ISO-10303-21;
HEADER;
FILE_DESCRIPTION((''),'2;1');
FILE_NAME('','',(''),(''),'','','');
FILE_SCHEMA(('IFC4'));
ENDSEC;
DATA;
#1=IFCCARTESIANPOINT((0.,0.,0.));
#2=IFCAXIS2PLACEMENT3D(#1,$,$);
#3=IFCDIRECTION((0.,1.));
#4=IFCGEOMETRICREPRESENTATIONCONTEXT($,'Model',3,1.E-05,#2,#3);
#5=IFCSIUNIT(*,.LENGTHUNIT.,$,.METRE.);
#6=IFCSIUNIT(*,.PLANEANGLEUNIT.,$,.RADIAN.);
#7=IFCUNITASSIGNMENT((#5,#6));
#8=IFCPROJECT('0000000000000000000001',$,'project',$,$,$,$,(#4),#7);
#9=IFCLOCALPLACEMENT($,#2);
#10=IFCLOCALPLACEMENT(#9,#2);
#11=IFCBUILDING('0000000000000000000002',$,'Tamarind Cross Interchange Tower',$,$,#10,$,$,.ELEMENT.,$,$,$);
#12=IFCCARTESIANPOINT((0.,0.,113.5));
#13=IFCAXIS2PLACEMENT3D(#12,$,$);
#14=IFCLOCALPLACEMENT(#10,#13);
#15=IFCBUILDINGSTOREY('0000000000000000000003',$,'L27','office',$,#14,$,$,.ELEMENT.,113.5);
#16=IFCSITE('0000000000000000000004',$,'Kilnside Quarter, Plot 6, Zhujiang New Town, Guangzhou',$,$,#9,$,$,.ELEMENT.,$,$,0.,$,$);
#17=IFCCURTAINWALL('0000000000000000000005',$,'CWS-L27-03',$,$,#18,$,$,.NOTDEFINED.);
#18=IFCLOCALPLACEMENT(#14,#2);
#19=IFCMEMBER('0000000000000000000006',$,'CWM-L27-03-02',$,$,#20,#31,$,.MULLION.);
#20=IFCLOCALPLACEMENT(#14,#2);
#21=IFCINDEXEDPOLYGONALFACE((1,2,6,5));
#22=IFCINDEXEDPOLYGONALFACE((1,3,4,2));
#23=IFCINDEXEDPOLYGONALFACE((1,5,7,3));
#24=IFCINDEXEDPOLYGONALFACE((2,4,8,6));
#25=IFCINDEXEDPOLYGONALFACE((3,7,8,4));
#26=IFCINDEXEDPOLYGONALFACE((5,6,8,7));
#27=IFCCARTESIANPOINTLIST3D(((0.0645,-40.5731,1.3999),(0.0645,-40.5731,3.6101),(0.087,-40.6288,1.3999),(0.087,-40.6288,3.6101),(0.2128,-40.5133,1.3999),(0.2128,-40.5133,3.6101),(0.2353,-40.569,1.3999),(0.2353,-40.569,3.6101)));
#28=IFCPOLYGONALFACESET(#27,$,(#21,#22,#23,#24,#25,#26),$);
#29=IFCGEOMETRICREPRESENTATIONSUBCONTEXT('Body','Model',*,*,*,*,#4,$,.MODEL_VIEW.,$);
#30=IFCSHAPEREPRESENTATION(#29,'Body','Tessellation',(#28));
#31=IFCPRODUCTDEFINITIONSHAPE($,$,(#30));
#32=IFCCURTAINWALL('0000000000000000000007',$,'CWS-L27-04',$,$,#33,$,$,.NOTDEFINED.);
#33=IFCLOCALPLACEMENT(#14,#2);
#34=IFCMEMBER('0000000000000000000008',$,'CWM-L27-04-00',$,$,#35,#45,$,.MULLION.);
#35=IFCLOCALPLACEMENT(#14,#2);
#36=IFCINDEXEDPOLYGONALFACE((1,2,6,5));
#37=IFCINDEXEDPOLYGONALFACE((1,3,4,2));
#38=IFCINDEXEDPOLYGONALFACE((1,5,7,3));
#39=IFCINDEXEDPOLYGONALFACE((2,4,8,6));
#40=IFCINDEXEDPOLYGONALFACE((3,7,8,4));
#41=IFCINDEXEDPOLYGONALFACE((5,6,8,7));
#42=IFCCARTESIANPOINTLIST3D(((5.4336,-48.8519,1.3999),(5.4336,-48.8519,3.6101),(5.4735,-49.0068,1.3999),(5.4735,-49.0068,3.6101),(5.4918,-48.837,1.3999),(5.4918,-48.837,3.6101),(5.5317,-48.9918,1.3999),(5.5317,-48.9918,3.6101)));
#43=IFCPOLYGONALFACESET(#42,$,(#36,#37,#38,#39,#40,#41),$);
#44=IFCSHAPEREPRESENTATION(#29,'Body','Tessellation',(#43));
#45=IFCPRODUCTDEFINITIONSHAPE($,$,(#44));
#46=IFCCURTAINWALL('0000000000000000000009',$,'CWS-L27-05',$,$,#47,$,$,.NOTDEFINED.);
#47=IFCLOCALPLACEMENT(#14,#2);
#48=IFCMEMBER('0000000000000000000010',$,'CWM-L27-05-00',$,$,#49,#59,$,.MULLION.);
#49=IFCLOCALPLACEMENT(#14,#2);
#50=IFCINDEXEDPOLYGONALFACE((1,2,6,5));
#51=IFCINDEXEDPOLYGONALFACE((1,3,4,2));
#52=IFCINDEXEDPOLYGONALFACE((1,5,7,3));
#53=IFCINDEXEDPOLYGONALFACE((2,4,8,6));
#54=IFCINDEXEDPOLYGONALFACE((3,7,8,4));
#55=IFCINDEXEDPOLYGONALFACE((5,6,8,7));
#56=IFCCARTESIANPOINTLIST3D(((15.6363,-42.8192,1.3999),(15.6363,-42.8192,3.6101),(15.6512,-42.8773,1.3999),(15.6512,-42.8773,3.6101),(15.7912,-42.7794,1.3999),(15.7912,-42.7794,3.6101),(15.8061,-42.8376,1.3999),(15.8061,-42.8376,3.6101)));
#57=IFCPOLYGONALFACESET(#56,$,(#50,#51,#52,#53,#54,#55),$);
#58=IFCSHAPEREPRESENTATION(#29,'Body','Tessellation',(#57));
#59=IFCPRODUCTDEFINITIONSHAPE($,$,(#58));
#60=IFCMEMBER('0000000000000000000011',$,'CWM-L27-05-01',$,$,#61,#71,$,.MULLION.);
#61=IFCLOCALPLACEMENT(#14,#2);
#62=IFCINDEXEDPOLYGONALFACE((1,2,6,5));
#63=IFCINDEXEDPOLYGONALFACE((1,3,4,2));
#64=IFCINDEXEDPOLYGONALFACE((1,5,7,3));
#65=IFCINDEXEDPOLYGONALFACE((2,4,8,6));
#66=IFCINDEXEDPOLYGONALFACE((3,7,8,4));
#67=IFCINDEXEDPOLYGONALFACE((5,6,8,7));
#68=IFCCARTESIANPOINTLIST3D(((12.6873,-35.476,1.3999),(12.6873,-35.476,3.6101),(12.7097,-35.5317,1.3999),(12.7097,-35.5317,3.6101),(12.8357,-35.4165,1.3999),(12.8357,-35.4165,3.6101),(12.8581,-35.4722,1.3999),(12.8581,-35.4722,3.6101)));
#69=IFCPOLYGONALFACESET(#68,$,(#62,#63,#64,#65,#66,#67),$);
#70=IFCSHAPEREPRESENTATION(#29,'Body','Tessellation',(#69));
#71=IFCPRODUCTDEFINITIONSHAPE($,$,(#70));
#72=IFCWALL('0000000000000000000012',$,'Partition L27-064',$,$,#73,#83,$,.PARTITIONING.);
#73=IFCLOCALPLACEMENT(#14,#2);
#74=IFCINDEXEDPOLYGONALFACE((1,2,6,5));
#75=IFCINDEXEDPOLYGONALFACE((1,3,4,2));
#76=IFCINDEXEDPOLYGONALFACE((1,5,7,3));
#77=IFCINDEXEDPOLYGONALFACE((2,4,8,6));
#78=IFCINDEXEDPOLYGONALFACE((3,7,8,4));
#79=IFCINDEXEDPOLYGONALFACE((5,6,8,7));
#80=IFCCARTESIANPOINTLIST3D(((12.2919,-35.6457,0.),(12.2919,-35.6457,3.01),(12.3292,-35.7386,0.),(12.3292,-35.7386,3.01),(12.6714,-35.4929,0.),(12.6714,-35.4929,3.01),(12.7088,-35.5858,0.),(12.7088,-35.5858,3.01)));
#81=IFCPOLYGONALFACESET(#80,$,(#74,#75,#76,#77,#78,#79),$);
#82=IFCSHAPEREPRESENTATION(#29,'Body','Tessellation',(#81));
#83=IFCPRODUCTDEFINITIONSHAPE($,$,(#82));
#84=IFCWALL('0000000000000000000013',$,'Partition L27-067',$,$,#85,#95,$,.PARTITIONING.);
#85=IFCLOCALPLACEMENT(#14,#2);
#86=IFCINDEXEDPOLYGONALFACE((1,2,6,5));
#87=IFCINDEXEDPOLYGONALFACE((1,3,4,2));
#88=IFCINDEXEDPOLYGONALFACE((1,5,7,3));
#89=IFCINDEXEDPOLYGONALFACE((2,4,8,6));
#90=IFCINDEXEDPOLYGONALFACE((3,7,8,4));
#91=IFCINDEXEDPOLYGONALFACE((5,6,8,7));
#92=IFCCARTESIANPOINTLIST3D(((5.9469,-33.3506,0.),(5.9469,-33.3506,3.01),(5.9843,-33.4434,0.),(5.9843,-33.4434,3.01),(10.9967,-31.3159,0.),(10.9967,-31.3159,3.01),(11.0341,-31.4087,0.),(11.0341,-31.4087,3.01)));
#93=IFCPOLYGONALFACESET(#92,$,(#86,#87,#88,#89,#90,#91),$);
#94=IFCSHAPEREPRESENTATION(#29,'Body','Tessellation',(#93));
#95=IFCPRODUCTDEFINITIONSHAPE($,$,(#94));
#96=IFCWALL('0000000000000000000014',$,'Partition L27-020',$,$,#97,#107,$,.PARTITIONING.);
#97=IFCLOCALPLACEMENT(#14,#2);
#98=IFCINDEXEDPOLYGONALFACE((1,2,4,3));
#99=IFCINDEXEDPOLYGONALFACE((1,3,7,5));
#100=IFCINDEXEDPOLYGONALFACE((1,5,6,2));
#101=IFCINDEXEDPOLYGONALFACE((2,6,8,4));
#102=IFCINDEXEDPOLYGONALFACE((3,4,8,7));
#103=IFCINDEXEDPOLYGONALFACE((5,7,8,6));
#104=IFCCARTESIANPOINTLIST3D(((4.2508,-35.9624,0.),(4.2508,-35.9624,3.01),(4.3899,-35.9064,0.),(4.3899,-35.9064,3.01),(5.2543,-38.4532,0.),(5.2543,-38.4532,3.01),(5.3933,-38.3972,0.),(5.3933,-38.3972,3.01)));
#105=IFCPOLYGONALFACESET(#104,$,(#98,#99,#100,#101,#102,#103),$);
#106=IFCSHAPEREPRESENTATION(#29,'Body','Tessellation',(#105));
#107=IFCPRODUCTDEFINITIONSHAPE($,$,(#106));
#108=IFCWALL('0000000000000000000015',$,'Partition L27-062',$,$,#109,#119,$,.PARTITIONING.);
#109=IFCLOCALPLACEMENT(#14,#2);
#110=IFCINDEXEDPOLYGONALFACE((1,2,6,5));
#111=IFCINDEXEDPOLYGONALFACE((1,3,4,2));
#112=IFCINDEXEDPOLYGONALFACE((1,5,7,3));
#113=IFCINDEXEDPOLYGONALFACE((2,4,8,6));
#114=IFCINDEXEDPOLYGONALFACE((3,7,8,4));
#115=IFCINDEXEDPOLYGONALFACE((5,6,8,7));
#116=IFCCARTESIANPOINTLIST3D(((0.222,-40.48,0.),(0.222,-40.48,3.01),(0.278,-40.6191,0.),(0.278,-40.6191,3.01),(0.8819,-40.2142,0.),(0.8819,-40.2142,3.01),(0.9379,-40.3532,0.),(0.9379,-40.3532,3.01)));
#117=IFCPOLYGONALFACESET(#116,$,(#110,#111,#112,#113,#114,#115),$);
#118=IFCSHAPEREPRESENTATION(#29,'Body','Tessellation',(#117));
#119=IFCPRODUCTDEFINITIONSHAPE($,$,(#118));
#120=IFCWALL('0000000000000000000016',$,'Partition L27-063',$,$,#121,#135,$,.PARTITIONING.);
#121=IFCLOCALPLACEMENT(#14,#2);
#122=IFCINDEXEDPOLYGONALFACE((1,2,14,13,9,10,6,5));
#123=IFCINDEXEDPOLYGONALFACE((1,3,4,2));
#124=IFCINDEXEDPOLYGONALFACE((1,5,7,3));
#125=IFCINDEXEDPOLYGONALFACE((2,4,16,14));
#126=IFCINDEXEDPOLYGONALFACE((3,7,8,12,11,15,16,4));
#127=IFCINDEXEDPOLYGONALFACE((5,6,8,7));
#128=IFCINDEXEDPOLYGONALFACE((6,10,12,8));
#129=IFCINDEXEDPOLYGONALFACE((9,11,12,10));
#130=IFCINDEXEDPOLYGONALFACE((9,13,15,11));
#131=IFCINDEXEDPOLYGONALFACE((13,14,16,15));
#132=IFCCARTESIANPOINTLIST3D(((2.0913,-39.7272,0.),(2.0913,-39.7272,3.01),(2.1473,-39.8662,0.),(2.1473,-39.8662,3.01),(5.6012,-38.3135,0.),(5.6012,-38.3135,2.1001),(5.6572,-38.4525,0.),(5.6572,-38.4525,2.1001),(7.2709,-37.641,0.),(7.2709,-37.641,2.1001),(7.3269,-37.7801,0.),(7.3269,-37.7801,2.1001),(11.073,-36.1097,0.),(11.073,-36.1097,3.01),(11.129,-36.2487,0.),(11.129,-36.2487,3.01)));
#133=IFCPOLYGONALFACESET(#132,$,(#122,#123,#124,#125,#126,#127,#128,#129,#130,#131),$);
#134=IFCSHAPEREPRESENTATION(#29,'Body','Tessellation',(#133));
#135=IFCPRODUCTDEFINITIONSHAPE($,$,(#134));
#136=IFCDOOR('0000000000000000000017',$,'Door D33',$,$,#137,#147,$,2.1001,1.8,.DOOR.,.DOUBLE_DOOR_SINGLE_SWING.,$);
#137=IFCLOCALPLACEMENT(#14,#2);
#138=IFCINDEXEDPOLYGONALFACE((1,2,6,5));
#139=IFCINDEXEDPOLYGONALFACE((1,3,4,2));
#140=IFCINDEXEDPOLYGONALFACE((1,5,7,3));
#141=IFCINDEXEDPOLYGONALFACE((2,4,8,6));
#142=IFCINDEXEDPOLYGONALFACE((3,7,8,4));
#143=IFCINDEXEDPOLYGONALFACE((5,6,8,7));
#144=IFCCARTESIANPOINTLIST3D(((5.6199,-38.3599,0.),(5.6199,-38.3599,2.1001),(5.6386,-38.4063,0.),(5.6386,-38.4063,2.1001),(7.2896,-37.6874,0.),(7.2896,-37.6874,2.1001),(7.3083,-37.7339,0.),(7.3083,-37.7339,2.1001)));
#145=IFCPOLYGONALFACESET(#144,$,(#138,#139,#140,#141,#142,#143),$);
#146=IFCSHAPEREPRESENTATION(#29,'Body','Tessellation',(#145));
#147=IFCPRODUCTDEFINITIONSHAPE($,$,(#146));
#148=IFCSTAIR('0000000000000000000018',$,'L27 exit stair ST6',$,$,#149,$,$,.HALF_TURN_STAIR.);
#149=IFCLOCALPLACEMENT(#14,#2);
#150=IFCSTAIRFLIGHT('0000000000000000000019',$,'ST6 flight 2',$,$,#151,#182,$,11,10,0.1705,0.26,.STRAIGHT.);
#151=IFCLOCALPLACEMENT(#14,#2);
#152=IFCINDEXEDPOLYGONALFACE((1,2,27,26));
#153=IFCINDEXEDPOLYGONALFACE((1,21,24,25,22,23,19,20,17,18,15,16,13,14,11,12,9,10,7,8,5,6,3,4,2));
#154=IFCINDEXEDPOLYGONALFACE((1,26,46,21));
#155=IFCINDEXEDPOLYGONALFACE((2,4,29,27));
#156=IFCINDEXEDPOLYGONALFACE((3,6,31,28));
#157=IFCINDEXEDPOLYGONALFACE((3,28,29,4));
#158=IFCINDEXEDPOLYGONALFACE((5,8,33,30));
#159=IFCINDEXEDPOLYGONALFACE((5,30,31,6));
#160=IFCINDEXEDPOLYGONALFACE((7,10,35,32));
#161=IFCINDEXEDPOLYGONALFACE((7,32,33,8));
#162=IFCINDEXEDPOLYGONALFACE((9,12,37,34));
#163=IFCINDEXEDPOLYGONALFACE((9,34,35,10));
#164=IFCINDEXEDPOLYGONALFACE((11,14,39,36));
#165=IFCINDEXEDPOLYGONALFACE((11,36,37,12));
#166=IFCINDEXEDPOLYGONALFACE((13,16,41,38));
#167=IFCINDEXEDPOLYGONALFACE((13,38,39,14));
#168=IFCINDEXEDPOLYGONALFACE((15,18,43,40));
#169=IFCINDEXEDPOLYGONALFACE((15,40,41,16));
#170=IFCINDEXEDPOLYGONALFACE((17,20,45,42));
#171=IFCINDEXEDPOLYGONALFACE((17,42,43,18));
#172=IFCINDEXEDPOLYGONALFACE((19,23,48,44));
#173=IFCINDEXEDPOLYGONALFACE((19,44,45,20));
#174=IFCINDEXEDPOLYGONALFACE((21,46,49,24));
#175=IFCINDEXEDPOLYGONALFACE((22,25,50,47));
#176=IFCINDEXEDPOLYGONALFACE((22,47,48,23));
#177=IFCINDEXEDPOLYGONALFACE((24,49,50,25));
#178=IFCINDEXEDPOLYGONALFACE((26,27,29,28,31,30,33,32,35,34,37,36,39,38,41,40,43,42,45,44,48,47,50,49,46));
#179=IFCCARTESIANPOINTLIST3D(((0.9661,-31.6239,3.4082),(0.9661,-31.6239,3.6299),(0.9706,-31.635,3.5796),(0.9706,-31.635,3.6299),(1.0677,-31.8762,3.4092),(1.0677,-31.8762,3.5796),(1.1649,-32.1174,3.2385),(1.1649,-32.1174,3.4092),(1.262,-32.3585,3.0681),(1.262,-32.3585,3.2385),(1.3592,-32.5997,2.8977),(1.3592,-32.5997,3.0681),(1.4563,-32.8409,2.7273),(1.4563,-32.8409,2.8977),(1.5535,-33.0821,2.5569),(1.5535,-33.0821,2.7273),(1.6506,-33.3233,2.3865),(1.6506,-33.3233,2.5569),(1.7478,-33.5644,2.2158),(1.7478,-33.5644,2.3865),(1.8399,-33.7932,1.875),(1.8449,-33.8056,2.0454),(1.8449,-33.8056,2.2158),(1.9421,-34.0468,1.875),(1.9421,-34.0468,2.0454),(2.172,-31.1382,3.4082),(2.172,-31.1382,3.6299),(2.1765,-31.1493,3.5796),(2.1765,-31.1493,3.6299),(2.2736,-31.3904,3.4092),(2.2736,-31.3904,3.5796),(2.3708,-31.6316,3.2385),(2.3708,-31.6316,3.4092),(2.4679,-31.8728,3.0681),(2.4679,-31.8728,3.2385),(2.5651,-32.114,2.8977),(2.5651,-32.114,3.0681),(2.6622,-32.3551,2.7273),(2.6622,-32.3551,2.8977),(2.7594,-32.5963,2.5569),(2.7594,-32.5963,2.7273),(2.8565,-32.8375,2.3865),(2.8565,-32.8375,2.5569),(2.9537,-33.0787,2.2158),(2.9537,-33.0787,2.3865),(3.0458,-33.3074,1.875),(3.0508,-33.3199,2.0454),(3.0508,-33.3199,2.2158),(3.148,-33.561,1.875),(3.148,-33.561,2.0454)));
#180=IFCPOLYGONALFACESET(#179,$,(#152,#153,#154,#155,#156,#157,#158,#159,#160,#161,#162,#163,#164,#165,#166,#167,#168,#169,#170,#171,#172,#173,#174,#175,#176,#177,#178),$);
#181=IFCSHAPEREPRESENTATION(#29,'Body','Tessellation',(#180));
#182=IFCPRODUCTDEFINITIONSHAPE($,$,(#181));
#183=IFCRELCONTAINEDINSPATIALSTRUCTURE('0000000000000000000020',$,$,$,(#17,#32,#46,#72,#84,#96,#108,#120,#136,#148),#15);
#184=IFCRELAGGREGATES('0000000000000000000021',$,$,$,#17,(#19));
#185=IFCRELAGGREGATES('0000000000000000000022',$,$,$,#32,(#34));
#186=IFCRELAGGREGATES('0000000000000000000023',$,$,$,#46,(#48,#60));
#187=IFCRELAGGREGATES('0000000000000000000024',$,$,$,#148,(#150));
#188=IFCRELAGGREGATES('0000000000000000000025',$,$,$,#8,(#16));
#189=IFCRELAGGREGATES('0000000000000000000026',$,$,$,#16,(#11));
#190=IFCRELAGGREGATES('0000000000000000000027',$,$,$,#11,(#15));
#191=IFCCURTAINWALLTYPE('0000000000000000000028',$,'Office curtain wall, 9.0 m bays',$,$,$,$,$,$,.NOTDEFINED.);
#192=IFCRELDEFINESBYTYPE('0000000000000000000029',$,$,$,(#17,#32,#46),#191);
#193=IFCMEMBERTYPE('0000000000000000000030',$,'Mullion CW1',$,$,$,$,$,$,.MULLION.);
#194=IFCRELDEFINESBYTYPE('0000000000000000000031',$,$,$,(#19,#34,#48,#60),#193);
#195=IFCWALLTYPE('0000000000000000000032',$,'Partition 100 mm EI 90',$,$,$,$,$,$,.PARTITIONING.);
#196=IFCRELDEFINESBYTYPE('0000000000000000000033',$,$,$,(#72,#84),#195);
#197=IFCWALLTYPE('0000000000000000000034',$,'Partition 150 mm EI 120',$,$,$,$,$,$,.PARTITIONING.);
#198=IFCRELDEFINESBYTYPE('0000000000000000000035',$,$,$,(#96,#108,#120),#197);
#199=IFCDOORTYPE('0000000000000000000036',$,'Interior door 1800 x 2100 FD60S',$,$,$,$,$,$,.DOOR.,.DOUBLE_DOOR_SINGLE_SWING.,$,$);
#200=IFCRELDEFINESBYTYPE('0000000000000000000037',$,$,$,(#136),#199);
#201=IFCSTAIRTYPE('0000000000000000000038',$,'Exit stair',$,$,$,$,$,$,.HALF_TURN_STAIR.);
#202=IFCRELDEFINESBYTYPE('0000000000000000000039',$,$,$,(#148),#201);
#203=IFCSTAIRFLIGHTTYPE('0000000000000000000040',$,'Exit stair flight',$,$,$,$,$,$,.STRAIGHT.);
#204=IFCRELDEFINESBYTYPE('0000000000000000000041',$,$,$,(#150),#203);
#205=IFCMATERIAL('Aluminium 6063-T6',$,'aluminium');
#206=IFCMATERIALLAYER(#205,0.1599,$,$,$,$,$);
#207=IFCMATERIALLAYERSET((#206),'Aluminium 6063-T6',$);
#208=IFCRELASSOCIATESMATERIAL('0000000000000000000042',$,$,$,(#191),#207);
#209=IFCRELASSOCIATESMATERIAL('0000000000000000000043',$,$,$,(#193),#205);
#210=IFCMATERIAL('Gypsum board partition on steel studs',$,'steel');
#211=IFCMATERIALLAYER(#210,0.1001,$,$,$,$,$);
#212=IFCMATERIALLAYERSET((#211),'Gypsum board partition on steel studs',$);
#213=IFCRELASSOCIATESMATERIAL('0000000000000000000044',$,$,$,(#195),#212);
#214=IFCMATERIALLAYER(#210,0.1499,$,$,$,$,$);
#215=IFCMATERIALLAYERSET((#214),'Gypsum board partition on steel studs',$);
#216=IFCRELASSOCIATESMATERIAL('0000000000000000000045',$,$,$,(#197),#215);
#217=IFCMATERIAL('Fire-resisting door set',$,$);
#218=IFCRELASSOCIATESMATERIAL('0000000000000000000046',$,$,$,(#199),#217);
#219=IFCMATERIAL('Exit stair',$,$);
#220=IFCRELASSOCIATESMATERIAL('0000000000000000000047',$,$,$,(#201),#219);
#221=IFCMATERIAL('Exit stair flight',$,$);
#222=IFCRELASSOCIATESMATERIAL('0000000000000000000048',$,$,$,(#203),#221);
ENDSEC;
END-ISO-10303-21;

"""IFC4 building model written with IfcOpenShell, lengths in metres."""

from ifc_helpers import new_model, si_unit, direction, frame, frame_2d, origin, origin_2d, place, context, subcontext, project, spatial, polyline, rectangle, outline, extrude, material, layer, layer_set, material_profile, profile_set, type_object, element, fill, aggregate, save


model = new_model("IFC4")

# Units and contexts
model_context = context("Model", 3, precision=1e-05, world=origin(), true_north=direction((0.0, 1.0)))
body_context = subcontext(model_context, "Body", "Model", "MODEL_VIEW")
ifc_project = project(units=[si_unit("LENGTHUNIT", "METRE"), si_unit("PLANEANGLEUNIT", "RADIAN")], contexts=[model_context])

# Site, building, storey
site_placement = place(None, origin())
site = spatial("IfcSite", under=ifc_project, at=site_placement, Name="Kilnside Quarter, Plot 6, Zhujiang New Town, Guangzhou", CompositionType="ELEMENT", RefElevation=0.0)
building_placement = place(site_placement, origin())
building = spatial("IfcBuilding", under=site, at=building_placement, Name="Tamarind Cross Interchange Tower", CompositionType="ELEMENT")
storey_placement = place(building_placement, frame((0.0, 0.0, 113.5)))
storey = spatial("IfcBuildingStorey", under=building, at=storey_placement, Name="L27", Description="office", CompositionType="ELEMENT", Elevation=113.5)

# Curtain walls, members
ifc_material_1 = material(Name="Aluminium 6063-T6", Category="aluminium")
ifc_layer_1 = layer(ifc_material_1, 0.1599)
ifc_layer_set_1 = layer_set([ifc_layer_1], Name="Aluminium 6063-T6")
curtain_wall_type = type_object("IfcCurtainWallType", Name="Office curtain wall, 9.0 m bays", PredefinedType="NOTDEFINED", material=ifc_layer_set_1)
curtain_wall_1_placement = place(storey_placement, origin())
curtain_wall_1 = element("IfcCurtainWall", 1, at=curtain_wall_1_placement, inside=storey, type_object=curtain_wall_type, Name="CWS-L27-03", PredefinedType="NOTDEFINED")
ifc_material_profile_1 = material_profile(ifc_material_1, rectangle(XDim=0.0601, YDim=0.1599, at=origin_2d()), Name="Mullion CW1")
ifc_profile_set_1 = profile_set([ifc_material_profile_1], Name="Aluminium 6063-T6")
member_type = type_object("IfcMemberType", Name="Mullion CW1", PredefinedType="MULLION", material=ifc_profile_set_1)
member_1_placement = place(storey_placement, frame((0.1499, -40.571, 1.3999), z_axis=(0.0, 0.0, 1.0), x_axis=(0.373648, -0.92757, 0.0)))
member_1 = element("IfcMember", 2, at=member_1_placement, type_object=member_type, Name="CWM-L27-03-02", PredefinedType="MULLION", context=body_context, shape_type="SweptSolid", body=[
    extrude(rectangle(XDim=0.0601, YDim=0.1599, at=origin_2d()), origin(), (0.0, 0.0, 1.0), 2.2102),
])
aggregate(curtain_wall_1, [member_1])
curtain_wall_2_placement = place(storey_placement, origin())
curtain_wall_2 = element("IfcCurtainWall", 3, at=curtain_wall_2_placement, inside=storey, type_object=curtain_wall_type, Name="CWS-L27-04", PredefinedType="NOTDEFINED")
member_2_placement = place(storey_placement, frame((5.4827, -48.9219, 1.3999), z_axis=(0.0, 0.0, 1.0), x_axis=(0.968406, 0.24938, 0.0)))
member_2 = element("IfcMember", 4, at=member_2_placement, type_object=member_type, Name="CWM-L27-04-00", PredefinedType="MULLION", context=body_context, shape_type="SweptSolid", body=[
    extrude(rectangle(XDim=0.0601, YDim=0.1599, at=origin_2d()), origin(), (0.0, 0.0, 1.0), 2.2102),
])
aggregate(curtain_wall_2, [member_2])

# Curtain wall, members
curtain_wall_3_placement = place(storey_placement, origin())
curtain_wall_3 = element("IfcCurtainWall", 5, at=curtain_wall_3_placement, inside=storey, type_object=curtain_wall_type, Name="CWS-L27-05", PredefinedType="NOTDEFINED")
member_3_placement = place(storey_placement, frame((15.7212, -42.8284, 1.3999), z_axis=(0.0, 0.0, 1.0), x_axis=(-0.248584, 0.96861, 0.0)))
member_3 = element("IfcMember", 6, at=member_3_placement, type_object=member_type, Name="CWM-L27-05-00", PredefinedType="MULLION", context=body_context, shape_type="SweptSolid", body=[
    extrude(rectangle(XDim=0.0601, YDim=0.1599, at=origin_2d()), origin(), (0.0, 0.0, 1.0), 2.2102),
])
member_4_placement = place(storey_placement, frame((12.7727, -35.4741, 1.3999), z_axis=(0.0, 0.0, 1.0), x_axis=(-0.372124, 0.928183, 0.0)))
member_4 = element("IfcMember", 7, at=member_4_placement, type_object=member_type, Name="CWM-L27-05-01", PredefinedType="MULLION", context=body_context, shape_type="SweptSolid", body=[
    extrude(rectangle(XDim=0.0601, YDim=0.1599, at=origin_2d()), origin(), (0.0, 0.0, 1.0), 2.2102),
])
aggregate(curtain_wall_3, [member_3, member_4])

# Walls
ifc_material_2 = material(Name="Gypsum board partition on steel studs", Category="steel")
ifc_layer_2 = layer(ifc_material_2, 0.1001)
ifc_layer_set_2 = layer_set([ifc_layer_2], Name="Gypsum board partition on steel studs")
wall_type_1 = type_object("IfcWallType", Name="Partition 100 mm EI 90", PredefinedType="PARTITIONING", material=ifc_layer_set_2)
wall_1_placement = place(storey_placement, frame((12.3105, -35.6921, 0.0), z_axis=(0.0, 0.0, 1.0), x_axis=(0.927652, 0.373447, 0.0)))
element("IfcWall", 8, at=wall_1_placement, inside=storey, type_object=wall_type_1, Name="Partition L27-064", PredefinedType="PARTITIONING", context=body_context, shape_type="SweptSolid", body=[
    extrude(rectangle(XDim=0.4092, YDim=0.1001, at=frame_2d((0.2046, 0.0))), origin(), (0.0, 0.0, 1.0), 3.01),
])
wall_2_placement = place(storey_placement, frame((5.9656, -33.397, 0.0), z_axis=(0.0, 0.0, 1.0), x_axis=(0.92754, 0.373724, 0.0)))
element("IfcWall", 9, at=wall_2_placement, inside=storey, type_object=wall_type_1, Name="Partition L27-067", PredefinedType="PARTITIONING", context=body_context, shape_type="SweptSolid", body=[
    extrude(rectangle(XDim=5.4443, YDim=0.1001, at=frame_2d((2.7222, 0.0))), origin(), (0.0, 0.0, 1.0), 3.01),
])
ifc_layer_3 = layer(ifc_material_2, 0.1499)
ifc_layer_set_3 = layer_set([ifc_layer_3], Name="Gypsum board partition on steel studs")
wall_type_2 = type_object("IfcWallType", Name="Partition 150 mm EI 120", PredefinedType="PARTITIONING", material=ifc_layer_set_3)
wall_3_placement = place(storey_placement, frame((4.3203, -35.9343, 0.0), z_axis=(0.0, 0.0, 1.0), x_axis=(0.373678, -0.927558, 0.0)))
element("IfcWall", 10, at=wall_3_placement, inside=storey, type_object=wall_type_2, Name="Partition L27-020", PredefinedType="PARTITIONING", context=body_context, shape_type="SweptSolid", body=[
    extrude(rectangle(XDim=2.6853, YDim=0.1499, at=frame_2d((1.3428, 0.0))), origin(), (0.0, 0.0, 1.0), 3.01),
])
wall_4_placement = place(storey_placement, frame((0.25, -40.5496, 0.0), z_axis=(0.0, 0.0, 1.0), x_axis=(0.927551, 0.373697, 0.0)))
element("IfcWall", 11, at=wall_4_placement, inside=storey, type_object=wall_type_2, Name="Partition L27-062", PredefinedType="PARTITIONING", context=body_context, shape_type="SweptSolid", body=[
    extrude(rectangle(XDim=0.7114, YDim=0.1499, at=frame_2d((0.3557, 0.0))), origin(), (0.0, 0.0, 1.0), 3.01),
])

# Wall, opening, door
wall_5_placement = place(storey_placement, frame((2.1194, -39.7966, 0.0), z_axis=(0.0, 0.0, 1.0), x_axis=(0.927592, 0.373594, 0.0)))
wall_5 = element("IfcWall", 12, at=wall_5_placement, inside=storey, type_object=wall_type_2, Name="Partition L27-063", PredefinedType="PARTITIONING", context=body_context, shape_type="SweptSolid", body=[
    extrude(rectangle(XDim=9.6829, YDim=0.1499, at=frame_2d((4.8413, 0.0))), origin(), (0.0, 0.0, 1.0), 3.01),
])
opening_placement = place(wall_5_placement, frame((3.7839, 0.0, 0.0)))
opening = element("IfcOpeningElement", 13, at=opening_placement, cuts=wall_5, PredefinedType="OPENING", context=body_context, shape_type="SweptSolid", body=[
    extrude(rectangle(XDim=1.8, YDim=2.1001, at=frame_2d((0.8999, 1.05))), frame((0.0, 0.085, 0.0), z_axis=(0.0, -1.0, 0.0), x_axis=(1.0, 0.0, 0.0)), (0.0, 0.0, 1.0), 0.1699),
])
ifc_material_3 = material(Name="Fire-resisting door set")
door_type = type_object("IfcDoorType", Name="Interior door 1800 x 2100 FD60S", OperationType="DOUBLE_DOOR_SINGLE_SWING", PredefinedType="DOOR", material=ifc_material_3)
door_placement = place(opening_placement, origin())
door = element("IfcDoor", 14, at=door_placement, inside=storey, type_object=door_type, Name="Door D33", OperationType="DOUBLE_DOOR_SINGLE_SWING", OverallHeight=2.1001, OverallWidth=1.8, PredefinedType="DOOR", context=body_context, shape_type="SweptSolid", body=[
    extrude(rectangle(XDim=1.8, YDim=2.1001, at=frame_2d((0.8999, 1.05))), frame((0.0, 0.0249, 0.0), z_axis=(0.0, -1.0, 0.0), x_axis=(1.0, 0.0, 0.0)), (0.0, 0.0, 1.0), 0.05),
])
fill(opening, door)

# Stair, stair flight
ifc_material_4 = material(Name="Exit stair")
stair_type = type_object("IfcStairType", Name="Exit stair", PredefinedType="HALF_TURN_STAIR", material=ifc_material_4)
stair_placement = place(storey_placement, origin())
stair = element("IfcStair", 15, at=stair_placement, inside=storey, type_object=stair_type, Name="L27 exit stair ST6", PredefinedType="HALF_TURN_STAIR")
ifc_material_5 = material(Name="Exit stair flight")
stair_flight_type = type_object("IfcStairFlightType", Name="Exit stair flight", PredefinedType="STRAIGHT", material=ifc_material_5)
stair_flight_placement = place(storey_placement, frame((2.5449, -33.804, 1.875), z_axis=(0.0, 0.0, 1.0), x_axis=(-0.373648, 0.92757, 0.0)))
stair_flight = element("IfcStairFlight", 16, at=stair_flight_placement, type_object=stair_flight_type, Name="ST6 flight 2", NumberOfRisers=11, NumberOfTreads=10, PredefinedType="STRAIGHT", RiserHeight=0.1705, TreadLength=0.26, context=body_context, shape_type="SweptSolid", body=[
    extrude(outline(polyline([(0.0, 0.0), (0.0, 0.1704), (0.26, 0.1704), (0.26, 0.3408), (0.52, 0.3408), (0.52, 0.5115), (0.78, 0.5115), (0.78, 0.6819), (1.04, 0.6819), (1.04, 0.8523), (1.3, 0.8523), (1.3, 1.0227), (1.5601, 1.0227), (1.5601, 1.1931), (1.8201, 1.1931), (1.8201, 1.3635), (2.0801, 1.3635), (2.0801, 1.5342), (2.3401, 1.5342), (2.3401, 1.7046), (2.6001, 1.7046), (2.6001, 1.7549), (2.6121, 1.7549), (2.6121, 1.5332), (0.2734, 0.0), (0.0, 0.0)])), frame((0.0, 0.6499, 0.0), z_axis=(0.0, -1.0, 0.0), x_axis=(1.0, 0.0, 0.0)), (0.0, 0.0, 1.0), 1.3),
])
aggregate(stair, [stair_flight])

save(model, "model.ifc")
